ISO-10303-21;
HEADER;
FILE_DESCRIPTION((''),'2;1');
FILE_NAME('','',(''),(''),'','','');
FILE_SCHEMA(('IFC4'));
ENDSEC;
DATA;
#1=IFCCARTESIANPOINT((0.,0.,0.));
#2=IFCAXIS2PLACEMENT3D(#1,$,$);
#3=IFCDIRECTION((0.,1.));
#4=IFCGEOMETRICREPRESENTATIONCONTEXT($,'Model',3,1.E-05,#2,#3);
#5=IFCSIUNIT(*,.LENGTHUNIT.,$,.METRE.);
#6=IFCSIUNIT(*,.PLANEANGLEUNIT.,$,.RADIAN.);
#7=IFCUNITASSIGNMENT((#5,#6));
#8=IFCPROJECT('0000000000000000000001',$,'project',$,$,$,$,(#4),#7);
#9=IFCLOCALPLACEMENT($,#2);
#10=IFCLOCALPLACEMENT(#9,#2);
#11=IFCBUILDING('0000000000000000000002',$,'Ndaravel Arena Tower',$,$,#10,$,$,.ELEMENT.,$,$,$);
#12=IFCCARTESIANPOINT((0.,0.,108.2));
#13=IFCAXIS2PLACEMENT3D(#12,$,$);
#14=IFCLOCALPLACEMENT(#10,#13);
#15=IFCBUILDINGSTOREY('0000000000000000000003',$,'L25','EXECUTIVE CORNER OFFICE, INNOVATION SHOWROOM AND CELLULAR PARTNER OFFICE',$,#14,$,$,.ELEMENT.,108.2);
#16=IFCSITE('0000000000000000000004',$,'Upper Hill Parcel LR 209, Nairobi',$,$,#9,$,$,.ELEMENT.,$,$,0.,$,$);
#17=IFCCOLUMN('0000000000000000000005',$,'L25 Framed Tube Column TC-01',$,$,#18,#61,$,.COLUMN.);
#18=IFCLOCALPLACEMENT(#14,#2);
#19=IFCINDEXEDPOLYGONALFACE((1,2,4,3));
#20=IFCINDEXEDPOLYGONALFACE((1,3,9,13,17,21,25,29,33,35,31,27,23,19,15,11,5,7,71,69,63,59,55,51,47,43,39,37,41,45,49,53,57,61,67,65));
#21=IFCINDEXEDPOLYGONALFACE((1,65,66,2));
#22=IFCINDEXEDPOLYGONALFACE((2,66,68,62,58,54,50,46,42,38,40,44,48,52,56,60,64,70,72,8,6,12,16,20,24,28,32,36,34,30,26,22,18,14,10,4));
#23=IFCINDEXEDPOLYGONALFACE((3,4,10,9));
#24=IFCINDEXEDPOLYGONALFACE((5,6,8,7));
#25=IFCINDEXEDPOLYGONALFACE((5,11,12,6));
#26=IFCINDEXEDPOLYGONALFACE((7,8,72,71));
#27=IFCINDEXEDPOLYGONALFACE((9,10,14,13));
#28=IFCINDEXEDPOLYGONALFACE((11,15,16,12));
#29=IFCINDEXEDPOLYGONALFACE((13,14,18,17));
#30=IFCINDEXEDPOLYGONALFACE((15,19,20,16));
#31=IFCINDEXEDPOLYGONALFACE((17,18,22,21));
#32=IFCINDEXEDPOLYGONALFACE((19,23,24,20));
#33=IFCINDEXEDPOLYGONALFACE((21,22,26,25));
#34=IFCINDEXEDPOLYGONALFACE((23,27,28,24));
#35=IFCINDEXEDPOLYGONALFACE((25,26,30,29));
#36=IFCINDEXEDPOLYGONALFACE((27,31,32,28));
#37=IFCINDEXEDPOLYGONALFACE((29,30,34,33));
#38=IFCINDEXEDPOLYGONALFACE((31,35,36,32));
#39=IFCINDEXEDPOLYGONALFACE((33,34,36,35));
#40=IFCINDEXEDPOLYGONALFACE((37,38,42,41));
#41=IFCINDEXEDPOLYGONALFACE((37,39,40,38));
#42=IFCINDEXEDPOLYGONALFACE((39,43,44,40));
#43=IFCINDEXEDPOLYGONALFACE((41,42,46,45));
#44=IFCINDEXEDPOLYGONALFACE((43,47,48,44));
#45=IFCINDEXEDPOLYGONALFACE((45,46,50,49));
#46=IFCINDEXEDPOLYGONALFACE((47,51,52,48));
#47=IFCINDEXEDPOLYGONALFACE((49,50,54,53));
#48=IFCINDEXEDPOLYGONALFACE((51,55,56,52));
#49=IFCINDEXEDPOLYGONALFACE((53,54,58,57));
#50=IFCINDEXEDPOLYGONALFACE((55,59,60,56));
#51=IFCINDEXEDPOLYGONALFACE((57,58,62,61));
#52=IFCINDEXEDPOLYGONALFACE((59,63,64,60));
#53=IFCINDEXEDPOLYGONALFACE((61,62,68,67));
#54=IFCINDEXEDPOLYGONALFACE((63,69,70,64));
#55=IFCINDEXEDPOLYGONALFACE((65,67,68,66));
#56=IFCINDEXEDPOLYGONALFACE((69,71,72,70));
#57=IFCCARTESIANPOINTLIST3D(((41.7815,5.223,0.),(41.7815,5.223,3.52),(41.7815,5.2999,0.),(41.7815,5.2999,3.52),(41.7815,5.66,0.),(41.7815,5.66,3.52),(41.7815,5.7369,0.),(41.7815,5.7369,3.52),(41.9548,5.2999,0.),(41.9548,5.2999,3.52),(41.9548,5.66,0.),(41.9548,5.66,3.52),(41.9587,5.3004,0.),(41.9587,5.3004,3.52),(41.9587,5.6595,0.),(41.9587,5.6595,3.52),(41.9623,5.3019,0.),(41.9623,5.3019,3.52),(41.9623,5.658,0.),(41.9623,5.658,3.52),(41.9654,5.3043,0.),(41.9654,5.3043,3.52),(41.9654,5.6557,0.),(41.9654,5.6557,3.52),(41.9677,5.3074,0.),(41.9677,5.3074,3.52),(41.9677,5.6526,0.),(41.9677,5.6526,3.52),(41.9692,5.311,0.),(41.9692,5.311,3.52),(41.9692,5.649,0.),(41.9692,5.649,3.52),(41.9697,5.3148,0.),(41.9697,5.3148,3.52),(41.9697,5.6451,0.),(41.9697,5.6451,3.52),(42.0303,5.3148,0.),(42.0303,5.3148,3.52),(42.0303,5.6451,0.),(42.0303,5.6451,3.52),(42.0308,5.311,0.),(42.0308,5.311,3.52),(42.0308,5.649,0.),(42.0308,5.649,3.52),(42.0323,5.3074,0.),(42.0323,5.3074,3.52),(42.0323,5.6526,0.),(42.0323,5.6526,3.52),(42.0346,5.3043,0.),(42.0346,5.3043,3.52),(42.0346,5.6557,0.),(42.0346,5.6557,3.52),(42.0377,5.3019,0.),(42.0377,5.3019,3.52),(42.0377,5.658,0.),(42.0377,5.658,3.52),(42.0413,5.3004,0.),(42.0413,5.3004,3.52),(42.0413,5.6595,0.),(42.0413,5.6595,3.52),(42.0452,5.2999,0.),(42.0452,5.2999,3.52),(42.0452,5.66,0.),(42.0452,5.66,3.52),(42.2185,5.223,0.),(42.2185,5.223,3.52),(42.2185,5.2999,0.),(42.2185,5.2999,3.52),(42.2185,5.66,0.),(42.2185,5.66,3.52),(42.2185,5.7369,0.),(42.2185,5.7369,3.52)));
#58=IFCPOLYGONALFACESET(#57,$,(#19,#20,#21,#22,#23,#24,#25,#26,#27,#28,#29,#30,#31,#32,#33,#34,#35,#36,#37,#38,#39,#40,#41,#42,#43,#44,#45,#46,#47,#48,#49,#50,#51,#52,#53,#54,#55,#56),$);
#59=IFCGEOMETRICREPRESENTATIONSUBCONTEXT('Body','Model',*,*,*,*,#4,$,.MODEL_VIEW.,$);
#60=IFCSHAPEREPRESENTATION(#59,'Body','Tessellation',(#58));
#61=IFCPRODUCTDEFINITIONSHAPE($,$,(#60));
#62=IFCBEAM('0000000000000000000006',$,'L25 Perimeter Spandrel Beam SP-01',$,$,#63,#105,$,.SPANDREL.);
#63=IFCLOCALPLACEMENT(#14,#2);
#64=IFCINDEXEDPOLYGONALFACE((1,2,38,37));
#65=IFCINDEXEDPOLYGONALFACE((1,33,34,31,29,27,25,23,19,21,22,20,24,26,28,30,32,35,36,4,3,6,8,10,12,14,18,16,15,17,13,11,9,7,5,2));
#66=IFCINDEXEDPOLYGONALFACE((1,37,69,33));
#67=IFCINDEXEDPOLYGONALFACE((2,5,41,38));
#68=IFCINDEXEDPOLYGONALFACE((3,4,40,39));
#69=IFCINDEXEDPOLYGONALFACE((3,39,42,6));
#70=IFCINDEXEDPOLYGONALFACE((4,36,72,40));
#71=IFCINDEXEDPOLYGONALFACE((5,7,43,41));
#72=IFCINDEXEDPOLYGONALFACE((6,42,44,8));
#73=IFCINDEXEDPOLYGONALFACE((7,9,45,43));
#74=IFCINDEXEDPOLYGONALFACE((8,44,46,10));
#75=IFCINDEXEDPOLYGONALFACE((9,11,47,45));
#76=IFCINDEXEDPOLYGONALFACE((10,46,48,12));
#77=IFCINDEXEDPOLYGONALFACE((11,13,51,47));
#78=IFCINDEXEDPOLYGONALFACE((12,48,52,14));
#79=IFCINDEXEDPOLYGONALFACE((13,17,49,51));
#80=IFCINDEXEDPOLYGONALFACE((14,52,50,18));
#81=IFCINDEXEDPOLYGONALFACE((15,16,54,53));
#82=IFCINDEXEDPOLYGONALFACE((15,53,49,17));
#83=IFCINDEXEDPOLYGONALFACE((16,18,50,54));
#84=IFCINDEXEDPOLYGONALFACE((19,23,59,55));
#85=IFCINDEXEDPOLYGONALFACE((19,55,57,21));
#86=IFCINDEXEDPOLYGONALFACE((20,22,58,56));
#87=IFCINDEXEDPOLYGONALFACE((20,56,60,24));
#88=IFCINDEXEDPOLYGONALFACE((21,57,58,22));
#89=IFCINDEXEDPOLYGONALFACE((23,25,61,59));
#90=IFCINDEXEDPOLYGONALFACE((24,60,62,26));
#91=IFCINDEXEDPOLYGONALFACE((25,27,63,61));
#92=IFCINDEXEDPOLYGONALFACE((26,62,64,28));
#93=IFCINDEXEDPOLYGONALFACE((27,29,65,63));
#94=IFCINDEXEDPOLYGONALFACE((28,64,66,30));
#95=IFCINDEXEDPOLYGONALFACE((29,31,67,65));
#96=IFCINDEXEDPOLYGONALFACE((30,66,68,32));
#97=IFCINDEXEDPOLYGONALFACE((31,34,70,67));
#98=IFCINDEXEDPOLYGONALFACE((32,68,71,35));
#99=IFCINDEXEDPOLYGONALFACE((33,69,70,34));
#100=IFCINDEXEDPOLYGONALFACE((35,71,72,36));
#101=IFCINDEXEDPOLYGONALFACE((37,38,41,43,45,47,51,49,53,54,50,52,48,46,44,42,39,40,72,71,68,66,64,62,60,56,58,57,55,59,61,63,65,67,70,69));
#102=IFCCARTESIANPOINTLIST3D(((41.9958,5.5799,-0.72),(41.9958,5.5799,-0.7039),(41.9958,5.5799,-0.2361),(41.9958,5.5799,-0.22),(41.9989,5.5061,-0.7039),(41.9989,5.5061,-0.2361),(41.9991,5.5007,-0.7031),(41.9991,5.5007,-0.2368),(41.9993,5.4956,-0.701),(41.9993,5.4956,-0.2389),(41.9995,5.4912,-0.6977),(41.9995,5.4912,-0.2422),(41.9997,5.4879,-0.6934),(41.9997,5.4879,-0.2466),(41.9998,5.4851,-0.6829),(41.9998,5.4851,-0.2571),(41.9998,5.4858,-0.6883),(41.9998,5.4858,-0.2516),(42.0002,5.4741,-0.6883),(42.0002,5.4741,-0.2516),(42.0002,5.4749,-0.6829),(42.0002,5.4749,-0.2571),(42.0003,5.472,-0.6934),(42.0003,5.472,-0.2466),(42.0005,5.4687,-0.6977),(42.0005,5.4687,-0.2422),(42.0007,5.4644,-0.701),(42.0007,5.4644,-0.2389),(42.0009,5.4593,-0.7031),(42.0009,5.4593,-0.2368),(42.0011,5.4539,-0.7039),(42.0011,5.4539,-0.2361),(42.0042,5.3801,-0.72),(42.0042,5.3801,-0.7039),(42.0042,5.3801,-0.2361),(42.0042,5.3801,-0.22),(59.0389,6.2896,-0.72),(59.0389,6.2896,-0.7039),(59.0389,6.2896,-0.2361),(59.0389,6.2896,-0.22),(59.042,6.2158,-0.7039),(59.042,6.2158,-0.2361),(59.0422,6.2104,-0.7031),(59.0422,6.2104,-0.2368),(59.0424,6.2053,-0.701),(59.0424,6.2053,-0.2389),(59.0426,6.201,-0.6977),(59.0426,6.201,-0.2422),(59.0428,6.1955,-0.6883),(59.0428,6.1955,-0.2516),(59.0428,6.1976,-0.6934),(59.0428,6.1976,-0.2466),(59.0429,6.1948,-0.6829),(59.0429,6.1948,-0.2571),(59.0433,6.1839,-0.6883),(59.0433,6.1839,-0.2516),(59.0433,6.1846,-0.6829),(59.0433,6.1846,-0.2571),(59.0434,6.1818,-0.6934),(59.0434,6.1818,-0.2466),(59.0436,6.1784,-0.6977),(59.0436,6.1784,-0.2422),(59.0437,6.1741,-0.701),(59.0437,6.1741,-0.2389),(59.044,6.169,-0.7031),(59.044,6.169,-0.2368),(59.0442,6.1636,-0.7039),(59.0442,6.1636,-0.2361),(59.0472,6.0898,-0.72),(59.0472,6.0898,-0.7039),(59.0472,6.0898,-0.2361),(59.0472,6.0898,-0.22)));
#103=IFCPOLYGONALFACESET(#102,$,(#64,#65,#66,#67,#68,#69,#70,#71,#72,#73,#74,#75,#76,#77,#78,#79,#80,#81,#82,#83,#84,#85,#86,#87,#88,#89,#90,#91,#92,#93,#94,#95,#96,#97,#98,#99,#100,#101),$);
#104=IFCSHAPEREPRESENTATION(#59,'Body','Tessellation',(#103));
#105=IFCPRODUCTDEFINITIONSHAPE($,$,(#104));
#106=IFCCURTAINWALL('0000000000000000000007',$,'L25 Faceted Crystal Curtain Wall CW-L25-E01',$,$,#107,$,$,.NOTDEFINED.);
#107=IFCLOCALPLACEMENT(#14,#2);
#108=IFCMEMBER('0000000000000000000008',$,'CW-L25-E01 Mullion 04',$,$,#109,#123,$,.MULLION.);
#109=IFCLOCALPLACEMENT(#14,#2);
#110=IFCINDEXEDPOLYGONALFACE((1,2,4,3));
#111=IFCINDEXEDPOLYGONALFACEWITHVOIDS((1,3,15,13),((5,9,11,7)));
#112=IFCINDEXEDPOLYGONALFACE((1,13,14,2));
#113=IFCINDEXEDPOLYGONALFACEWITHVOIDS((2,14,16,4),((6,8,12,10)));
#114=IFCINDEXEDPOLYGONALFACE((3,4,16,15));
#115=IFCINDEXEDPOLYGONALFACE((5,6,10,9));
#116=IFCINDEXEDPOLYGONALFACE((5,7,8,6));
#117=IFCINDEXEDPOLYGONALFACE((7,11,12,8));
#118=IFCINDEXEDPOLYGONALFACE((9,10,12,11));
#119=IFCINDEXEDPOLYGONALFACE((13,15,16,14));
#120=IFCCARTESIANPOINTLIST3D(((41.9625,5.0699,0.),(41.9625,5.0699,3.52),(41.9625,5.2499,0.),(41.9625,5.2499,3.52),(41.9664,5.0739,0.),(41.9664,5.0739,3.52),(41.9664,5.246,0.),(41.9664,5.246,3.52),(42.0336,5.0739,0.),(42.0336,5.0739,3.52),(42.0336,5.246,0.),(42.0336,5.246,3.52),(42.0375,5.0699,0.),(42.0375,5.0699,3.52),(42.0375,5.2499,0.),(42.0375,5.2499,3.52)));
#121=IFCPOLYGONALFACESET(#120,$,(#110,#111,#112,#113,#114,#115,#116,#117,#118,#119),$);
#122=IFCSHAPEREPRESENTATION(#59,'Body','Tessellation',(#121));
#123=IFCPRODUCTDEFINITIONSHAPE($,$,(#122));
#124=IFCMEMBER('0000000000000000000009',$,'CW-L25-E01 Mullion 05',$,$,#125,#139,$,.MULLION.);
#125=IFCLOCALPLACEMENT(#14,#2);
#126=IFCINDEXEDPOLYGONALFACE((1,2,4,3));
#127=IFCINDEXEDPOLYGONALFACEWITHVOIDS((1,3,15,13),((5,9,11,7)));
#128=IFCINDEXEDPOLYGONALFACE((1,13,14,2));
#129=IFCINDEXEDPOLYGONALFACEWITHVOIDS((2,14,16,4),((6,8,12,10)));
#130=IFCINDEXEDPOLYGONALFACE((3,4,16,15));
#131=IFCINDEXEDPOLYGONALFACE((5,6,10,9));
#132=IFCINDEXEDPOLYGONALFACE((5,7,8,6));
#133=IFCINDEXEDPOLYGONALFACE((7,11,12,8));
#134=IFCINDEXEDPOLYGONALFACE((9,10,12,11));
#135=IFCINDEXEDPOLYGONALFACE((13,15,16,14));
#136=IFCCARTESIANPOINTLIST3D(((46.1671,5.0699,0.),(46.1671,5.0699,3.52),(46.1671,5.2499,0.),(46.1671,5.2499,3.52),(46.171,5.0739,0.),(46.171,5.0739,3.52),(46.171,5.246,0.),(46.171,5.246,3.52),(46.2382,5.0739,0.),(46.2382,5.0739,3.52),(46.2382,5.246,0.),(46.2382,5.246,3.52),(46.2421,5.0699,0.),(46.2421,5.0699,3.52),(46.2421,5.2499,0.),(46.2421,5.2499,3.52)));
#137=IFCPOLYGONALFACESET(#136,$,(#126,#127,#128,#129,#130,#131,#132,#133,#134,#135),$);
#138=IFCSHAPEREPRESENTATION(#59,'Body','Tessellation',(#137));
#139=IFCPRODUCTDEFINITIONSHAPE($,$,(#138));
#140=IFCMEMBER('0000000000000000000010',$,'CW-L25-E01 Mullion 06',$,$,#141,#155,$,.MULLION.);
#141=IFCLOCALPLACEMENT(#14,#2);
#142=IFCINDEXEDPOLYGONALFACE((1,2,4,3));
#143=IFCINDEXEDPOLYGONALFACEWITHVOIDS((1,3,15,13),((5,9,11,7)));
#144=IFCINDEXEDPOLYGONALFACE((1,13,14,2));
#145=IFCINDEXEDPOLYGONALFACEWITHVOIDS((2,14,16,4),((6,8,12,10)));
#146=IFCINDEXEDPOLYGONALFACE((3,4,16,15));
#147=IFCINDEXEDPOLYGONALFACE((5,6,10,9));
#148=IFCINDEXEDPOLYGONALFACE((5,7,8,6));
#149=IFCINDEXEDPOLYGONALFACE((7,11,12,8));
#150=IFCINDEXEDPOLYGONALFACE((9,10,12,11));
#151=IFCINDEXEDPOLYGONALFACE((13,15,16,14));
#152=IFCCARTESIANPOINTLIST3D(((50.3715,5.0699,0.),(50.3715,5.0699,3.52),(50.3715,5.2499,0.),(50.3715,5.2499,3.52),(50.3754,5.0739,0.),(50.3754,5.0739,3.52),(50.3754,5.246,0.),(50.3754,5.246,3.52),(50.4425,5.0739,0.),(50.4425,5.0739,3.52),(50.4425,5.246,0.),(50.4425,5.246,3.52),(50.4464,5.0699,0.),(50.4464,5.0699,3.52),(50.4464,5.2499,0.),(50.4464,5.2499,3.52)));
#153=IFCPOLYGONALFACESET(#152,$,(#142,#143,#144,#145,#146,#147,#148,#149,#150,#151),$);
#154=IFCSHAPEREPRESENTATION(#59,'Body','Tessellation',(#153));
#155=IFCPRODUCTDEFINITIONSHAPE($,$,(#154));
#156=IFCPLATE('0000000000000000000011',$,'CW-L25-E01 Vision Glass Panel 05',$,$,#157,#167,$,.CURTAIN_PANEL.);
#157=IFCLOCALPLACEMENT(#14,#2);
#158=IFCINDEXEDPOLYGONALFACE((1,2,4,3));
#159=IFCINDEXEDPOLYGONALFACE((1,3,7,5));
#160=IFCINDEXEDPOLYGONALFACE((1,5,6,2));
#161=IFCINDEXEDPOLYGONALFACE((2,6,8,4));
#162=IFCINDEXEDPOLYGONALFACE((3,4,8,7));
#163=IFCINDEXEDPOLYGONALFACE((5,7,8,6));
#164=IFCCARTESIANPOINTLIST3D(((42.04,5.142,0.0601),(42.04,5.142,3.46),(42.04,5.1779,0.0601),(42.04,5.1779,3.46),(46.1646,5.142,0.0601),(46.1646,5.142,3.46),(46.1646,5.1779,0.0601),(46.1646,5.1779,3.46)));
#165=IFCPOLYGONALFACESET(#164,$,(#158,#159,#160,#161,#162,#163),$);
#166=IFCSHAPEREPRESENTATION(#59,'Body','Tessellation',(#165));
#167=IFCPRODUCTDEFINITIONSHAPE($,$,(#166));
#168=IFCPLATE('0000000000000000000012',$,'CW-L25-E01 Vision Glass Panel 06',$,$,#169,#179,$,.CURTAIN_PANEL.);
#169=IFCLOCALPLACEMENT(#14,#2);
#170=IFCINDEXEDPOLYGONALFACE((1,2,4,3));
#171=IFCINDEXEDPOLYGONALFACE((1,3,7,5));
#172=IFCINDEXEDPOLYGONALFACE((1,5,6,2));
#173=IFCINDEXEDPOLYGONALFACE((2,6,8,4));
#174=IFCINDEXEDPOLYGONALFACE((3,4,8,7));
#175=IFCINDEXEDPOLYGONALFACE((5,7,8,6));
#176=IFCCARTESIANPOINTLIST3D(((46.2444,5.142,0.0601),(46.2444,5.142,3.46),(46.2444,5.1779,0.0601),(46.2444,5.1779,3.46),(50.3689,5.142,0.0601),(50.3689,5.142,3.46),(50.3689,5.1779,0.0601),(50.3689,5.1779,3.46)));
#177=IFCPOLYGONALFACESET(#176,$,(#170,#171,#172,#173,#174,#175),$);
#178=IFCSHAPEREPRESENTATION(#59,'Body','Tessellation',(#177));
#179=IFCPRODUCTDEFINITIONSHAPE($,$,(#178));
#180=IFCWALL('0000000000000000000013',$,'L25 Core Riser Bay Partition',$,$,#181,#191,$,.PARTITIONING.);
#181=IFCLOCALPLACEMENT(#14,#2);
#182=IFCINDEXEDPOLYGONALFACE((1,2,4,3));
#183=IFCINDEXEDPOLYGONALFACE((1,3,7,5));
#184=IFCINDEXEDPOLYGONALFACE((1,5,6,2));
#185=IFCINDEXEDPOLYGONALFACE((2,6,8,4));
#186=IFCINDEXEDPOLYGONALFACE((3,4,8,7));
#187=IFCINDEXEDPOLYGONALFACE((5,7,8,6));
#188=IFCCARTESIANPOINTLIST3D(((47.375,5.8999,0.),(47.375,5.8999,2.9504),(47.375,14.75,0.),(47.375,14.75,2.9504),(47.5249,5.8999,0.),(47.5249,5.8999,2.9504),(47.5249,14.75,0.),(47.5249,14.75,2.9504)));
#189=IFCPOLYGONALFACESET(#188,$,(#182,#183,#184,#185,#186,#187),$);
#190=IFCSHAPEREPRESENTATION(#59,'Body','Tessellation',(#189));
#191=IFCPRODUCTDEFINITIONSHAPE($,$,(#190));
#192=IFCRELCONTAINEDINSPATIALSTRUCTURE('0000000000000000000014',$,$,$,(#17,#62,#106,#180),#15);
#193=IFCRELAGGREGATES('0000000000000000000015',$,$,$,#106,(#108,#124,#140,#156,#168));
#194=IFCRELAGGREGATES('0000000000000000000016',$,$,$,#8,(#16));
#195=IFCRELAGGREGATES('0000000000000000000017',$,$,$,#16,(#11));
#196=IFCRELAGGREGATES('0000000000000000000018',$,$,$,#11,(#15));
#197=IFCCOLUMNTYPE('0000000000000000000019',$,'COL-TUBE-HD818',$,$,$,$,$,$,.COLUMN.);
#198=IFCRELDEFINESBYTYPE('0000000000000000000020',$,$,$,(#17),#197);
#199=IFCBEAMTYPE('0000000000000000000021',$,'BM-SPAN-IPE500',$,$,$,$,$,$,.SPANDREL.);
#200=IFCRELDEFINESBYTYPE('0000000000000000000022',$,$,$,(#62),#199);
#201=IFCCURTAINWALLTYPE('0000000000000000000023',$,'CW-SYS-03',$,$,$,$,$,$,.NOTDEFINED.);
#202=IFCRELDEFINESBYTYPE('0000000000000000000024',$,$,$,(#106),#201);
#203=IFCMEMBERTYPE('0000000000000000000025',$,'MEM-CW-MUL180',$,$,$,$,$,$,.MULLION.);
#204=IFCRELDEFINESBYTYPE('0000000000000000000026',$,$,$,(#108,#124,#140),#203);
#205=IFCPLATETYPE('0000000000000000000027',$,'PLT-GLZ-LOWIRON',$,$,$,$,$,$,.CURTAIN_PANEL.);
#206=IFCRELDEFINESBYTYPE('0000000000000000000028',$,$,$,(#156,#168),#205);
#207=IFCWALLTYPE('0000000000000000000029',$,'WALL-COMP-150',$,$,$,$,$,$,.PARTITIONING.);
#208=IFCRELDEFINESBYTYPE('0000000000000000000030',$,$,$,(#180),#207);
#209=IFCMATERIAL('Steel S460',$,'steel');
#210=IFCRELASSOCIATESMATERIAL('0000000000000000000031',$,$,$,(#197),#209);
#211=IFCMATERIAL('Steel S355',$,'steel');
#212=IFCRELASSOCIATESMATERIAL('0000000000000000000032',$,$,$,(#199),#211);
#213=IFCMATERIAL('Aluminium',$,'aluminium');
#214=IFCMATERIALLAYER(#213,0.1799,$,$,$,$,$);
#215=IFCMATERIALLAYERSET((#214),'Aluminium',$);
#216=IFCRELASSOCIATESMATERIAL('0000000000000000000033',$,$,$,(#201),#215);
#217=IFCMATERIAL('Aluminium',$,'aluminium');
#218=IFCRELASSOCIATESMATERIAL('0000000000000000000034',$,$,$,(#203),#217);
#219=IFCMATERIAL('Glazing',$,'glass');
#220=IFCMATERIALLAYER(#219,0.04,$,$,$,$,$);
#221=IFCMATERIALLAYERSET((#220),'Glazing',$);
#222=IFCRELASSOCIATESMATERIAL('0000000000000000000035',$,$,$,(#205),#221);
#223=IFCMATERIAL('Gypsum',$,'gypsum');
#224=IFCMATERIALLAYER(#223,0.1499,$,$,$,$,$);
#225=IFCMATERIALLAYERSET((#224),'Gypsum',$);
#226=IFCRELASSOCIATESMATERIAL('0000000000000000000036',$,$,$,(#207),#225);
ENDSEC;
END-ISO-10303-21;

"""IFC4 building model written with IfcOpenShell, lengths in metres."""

from ifc_helpers import new_model, si_unit, direction, frame, frame_2d, origin, origin_2d, place, context, subcontext, project, spatial, rectangle, hollow_rectangle, i_section, extrude, material, layer, layer_set, material_profile, profile_set, type_object, element, aggregate, save


model = new_model("IFC4")

# Units and contexts
model_context = context("Model", 3, precision=1e-05, world=origin(), true_north=direction((0.0, 1.0)))
body_context = subcontext(model_context, "Body", "Model", "MODEL_VIEW")
ifc_project = project(units=[si_unit("LENGTHUNIT", "METRE"), si_unit("PLANEANGLEUNIT", "RADIAN")], contexts=[model_context])

# Site, building, storey
site_placement = place(None, origin())
site = spatial("IfcSite", under=ifc_project, at=site_placement, Name="Upper Hill Parcel LR 209, Nairobi", CompositionType="ELEMENT", RefElevation=0.0)
building_placement = place(site_placement, origin())
building = spatial("IfcBuilding", under=site, at=building_placement, Name="Ndaravel Arena Tower", CompositionType="ELEMENT")
storey_placement = place(building_placement, frame((0.0, 0.0, 108.2)))
storey = spatial("IfcBuildingStorey", under=building, at=storey_placement, Name="L25", Description="EXECUTIVE CORNER OFFICE, INNOVATION SHOWROOM AND CELLULAR PARTNER OFFICE", CompositionType="ELEMENT", Elevation=108.2)

# Column
ifc_material_1 = material(Name="Steel S460", Category="steel")
ifc_material_profile_1 = material_profile(ifc_material_1, i_section(OverallWidth=0.437, OverallDepth=0.5139, WebThickness=0.0605, FlangeThickness=0.0769, FilletRadius=0.0149, at=origin_2d()), Name="HD 400x818")
ifc_profile_set_1 = profile_set([ifc_material_profile_1], Name="Steel S460")
column_type = type_object("IfcColumnType", Name="COL-TUBE-HD818", PredefinedType="COLUMN", material=ifc_profile_set_1)
column_placement = place(storey_placement, frame((42.0, 5.48, 0.0), z_axis=(0.0, 0.0, 1.0), x_axis=(1.0, 0.0, 0.0)))
element("IfcColumn", 1, at=column_placement, inside=storey, type_object=column_type, Name="L25 Framed Tube Column TC-01", PredefinedType="COLUMN", context=body_context, shape_type="SweptSolid", body=[
    extrude(i_section(OverallWidth=0.437, OverallDepth=0.5139, WebThickness=0.0605, FlangeThickness=0.0769, FilletRadius=0.0149, at=origin_2d()), origin(), (0.0, 0.0, 1.0), 3.52),
])

# Beam
ifc_material_2 = material(Name="Steel S355", Category="steel")
ifc_material_profile_2 = material_profile(ifc_material_2, i_section(OverallWidth=0.2, OverallDepth=0.5, WebThickness=0.0103, FlangeThickness=0.0161, FilletRadius=0.021, at=origin_2d()), Name="IPE 500")
ifc_profile_set_2 = profile_set([ifc_material_profile_2], Name="Steel S355")
beam_type = type_object("IfcBeamType", Name="BM-SPAN-IPE500", PredefinedType="SPANDREL", material=ifc_profile_set_2)
beam_placement = place(storey_placement, frame((42.0, 5.48, -0.47), z_axis=(0.999134, 0.041607, 0.0), x_axis=(-0.041607, 0.999134, 0.0)))
element("IfcBeam", 2, at=beam_placement, inside=storey, type_object=beam_type, Name="L25 Perimeter Spandrel Beam SP-01", PredefinedType="SPANDREL", context=body_context, shape_type="SweptSolid", body=[
    extrude(i_section(OverallWidth=0.2, OverallDepth=0.5, WebThickness=0.0103, FlangeThickness=0.0161, FilletRadius=0.021, at=origin_2d()), origin(), (0.0, 0.0, 1.0), 17.0579),
])

# Curtain wall, members, plates
ifc_material_3 = material(Name="Aluminium", Category="aluminium")
ifc_layer_1 = layer(ifc_material_3, 0.1799)
ifc_layer_set_1 = layer_set([ifc_layer_1], Name="Aluminium")
curtain_wall_type = type_object("IfcCurtainWallType", Name="CW-SYS-03", PredefinedType="NOTDEFINED", material=ifc_layer_set_1)
curtain_wall_placement = place(storey_placement, origin())
curtain_wall = element("IfcCurtainWall", 3, at=curtain_wall_placement, inside=storey, type_object=curtain_wall_type, Name="L25 Faceted Crystal Curtain Wall CW-L25-E01", PredefinedType="NOTDEFINED")
ifc_material_4 = material(Name="Aluminium", Category="aluminium")
ifc_material_profile_3 = material_profile(ifc_material_4, hollow_rectangle(XDim=0.075, YDim=0.1799, WallThickness=0.0039, at=origin_2d()), Name="CW MULLION 75x180x4")
ifc_profile_set_3 = profile_set([ifc_material_profile_3], Name="Aluminium")
member_type = type_object("IfcMemberType", Name="MEM-CW-MUL180", PredefinedType="MULLION", material=ifc_profile_set_3)
member_1_placement = place(storey_placement, frame((42.0, 5.1599, 0.0), z_axis=(0.0, 0.0, 1.0), x_axis=(1.0, 0.0, 0.0)))
member_1 = element("IfcMember", 4, at=member_1_placement, type_object=member_type, Name="CW-L25-E01 Mullion 04", PredefinedType="MULLION", context=body_context, shape_type="SweptSolid", body=[
    extrude(hollow_rectangle(XDim=0.075, YDim=0.1799, WallThickness=0.0039, at=origin_2d()), origin(), (0.0, 0.0, 1.0), 3.52),
])
member_2_placement = place(storey_placement, frame((46.2046, 5.1599, 0.0), z_axis=(0.0, 0.0, 1.0), x_axis=(1.0, 0.0, 0.0)))
member_2 = element("IfcMember", 5, at=member_2_placement, type_object=member_type, Name="CW-L25-E01 Mullion 05", PredefinedType="MULLION", context=body_context, shape_type="SweptSolid", body=[
    extrude(hollow_rectangle(XDim=0.075, YDim=0.1799, WallThickness=0.0039, at=origin_2d()), origin(), (0.0, 0.0, 1.0), 3.52),
])
member_3_placement = place(storey_placement, frame((50.4089, 5.1599, 0.0), z_axis=(0.0, 0.0, 1.0), x_axis=(1.0, 0.0, 0.0)))
member_3 = element("IfcMember", 6, at=member_3_placement, type_object=member_type, Name="CW-L25-E01 Mullion 06", PredefinedType="MULLION", context=body_context, shape_type="SweptSolid", body=[
    extrude(hollow_rectangle(XDim=0.075, YDim=0.1799, WallThickness=0.0039, at=origin_2d()), origin(), (0.0, 0.0, 1.0), 3.52),
])
ifc_material_5 = material(Name="Glazing", Category="glass")
ifc_layer_2 = layer(ifc_material_5, 0.04)
ifc_layer_set_2 = layer_set([ifc_layer_2], Name="Glazing")
plate_type = type_object("IfcPlateType", Name="PLT-GLZ-LOWIRON", PredefinedType="CURTAIN_PANEL", material=ifc_layer_set_2)
plate_1_placement = place(storey_placement, frame((44.1023, 5.1599, 0.0601), z_axis=(0.0, 0.0, 1.0), x_axis=(1.0, 0.0, 0.0)))
plate_1 = element("IfcPlate", 7, at=plate_1_placement, type_object=plate_type, Name="CW-L25-E01 Vision Glass Panel 05", PredefinedType="CURTAIN_PANEL", context=body_context, shape_type="SweptSolid", body=[
    extrude(rectangle(XDim=4.1245, YDim=0.0359, at=origin_2d()), origin(), (0.0, 0.0, 1.0), 3.3999),
])
plate_2_placement = place(storey_placement, frame((48.3066, 5.1599, 0.0601), z_axis=(0.0, 0.0, 1.0), x_axis=(1.0, 0.0, 0.0)))
plate_2 = element("IfcPlate", 8, at=plate_2_placement, type_object=plate_type, Name="CW-L25-E01 Vision Glass Panel 06", PredefinedType="CURTAIN_PANEL", context=body_context, shape_type="SweptSolid", body=[
    extrude(rectangle(XDim=4.1245, YDim=0.0359, at=origin_2d()), origin(), (0.0, 0.0, 1.0), 3.3999),
])
aggregate(curtain_wall, [member_1, member_2, member_3, plate_1, plate_2])

# Wall
ifc_material_6 = material(Name="Gypsum", Category="gypsum")
ifc_layer_3 = layer(ifc_material_6, 0.1499)
ifc_layer_set_3 = layer_set([ifc_layer_3], Name="Gypsum")
wall_type_1 = type_object("IfcWallType", Name="WALL-COMP-150", PredefinedType="PARTITIONING", material=ifc_layer_set_3)
wall_1_placement = place(storey_placement, frame((47.45, 5.8999, 0.0), z_axis=(0.0, 0.0, 1.0), x_axis=(0.0, 1.0, 0.0)))
element("IfcWall", 9, at=wall_1_placement, inside=storey, type_object=wall_type_1, Name="L25 Core Riser Bay Partition", PredefinedType="PARTITIONING", context=body_context, shape_type="SweptSolid", body=[
    extrude(rectangle(XDim=8.8501, YDim=0.1499, at=frame_2d((4.425, 0.0))), origin(), (0.0, 0.0, 1.0), 2.9504),
])

save(model, "model.ifc")
